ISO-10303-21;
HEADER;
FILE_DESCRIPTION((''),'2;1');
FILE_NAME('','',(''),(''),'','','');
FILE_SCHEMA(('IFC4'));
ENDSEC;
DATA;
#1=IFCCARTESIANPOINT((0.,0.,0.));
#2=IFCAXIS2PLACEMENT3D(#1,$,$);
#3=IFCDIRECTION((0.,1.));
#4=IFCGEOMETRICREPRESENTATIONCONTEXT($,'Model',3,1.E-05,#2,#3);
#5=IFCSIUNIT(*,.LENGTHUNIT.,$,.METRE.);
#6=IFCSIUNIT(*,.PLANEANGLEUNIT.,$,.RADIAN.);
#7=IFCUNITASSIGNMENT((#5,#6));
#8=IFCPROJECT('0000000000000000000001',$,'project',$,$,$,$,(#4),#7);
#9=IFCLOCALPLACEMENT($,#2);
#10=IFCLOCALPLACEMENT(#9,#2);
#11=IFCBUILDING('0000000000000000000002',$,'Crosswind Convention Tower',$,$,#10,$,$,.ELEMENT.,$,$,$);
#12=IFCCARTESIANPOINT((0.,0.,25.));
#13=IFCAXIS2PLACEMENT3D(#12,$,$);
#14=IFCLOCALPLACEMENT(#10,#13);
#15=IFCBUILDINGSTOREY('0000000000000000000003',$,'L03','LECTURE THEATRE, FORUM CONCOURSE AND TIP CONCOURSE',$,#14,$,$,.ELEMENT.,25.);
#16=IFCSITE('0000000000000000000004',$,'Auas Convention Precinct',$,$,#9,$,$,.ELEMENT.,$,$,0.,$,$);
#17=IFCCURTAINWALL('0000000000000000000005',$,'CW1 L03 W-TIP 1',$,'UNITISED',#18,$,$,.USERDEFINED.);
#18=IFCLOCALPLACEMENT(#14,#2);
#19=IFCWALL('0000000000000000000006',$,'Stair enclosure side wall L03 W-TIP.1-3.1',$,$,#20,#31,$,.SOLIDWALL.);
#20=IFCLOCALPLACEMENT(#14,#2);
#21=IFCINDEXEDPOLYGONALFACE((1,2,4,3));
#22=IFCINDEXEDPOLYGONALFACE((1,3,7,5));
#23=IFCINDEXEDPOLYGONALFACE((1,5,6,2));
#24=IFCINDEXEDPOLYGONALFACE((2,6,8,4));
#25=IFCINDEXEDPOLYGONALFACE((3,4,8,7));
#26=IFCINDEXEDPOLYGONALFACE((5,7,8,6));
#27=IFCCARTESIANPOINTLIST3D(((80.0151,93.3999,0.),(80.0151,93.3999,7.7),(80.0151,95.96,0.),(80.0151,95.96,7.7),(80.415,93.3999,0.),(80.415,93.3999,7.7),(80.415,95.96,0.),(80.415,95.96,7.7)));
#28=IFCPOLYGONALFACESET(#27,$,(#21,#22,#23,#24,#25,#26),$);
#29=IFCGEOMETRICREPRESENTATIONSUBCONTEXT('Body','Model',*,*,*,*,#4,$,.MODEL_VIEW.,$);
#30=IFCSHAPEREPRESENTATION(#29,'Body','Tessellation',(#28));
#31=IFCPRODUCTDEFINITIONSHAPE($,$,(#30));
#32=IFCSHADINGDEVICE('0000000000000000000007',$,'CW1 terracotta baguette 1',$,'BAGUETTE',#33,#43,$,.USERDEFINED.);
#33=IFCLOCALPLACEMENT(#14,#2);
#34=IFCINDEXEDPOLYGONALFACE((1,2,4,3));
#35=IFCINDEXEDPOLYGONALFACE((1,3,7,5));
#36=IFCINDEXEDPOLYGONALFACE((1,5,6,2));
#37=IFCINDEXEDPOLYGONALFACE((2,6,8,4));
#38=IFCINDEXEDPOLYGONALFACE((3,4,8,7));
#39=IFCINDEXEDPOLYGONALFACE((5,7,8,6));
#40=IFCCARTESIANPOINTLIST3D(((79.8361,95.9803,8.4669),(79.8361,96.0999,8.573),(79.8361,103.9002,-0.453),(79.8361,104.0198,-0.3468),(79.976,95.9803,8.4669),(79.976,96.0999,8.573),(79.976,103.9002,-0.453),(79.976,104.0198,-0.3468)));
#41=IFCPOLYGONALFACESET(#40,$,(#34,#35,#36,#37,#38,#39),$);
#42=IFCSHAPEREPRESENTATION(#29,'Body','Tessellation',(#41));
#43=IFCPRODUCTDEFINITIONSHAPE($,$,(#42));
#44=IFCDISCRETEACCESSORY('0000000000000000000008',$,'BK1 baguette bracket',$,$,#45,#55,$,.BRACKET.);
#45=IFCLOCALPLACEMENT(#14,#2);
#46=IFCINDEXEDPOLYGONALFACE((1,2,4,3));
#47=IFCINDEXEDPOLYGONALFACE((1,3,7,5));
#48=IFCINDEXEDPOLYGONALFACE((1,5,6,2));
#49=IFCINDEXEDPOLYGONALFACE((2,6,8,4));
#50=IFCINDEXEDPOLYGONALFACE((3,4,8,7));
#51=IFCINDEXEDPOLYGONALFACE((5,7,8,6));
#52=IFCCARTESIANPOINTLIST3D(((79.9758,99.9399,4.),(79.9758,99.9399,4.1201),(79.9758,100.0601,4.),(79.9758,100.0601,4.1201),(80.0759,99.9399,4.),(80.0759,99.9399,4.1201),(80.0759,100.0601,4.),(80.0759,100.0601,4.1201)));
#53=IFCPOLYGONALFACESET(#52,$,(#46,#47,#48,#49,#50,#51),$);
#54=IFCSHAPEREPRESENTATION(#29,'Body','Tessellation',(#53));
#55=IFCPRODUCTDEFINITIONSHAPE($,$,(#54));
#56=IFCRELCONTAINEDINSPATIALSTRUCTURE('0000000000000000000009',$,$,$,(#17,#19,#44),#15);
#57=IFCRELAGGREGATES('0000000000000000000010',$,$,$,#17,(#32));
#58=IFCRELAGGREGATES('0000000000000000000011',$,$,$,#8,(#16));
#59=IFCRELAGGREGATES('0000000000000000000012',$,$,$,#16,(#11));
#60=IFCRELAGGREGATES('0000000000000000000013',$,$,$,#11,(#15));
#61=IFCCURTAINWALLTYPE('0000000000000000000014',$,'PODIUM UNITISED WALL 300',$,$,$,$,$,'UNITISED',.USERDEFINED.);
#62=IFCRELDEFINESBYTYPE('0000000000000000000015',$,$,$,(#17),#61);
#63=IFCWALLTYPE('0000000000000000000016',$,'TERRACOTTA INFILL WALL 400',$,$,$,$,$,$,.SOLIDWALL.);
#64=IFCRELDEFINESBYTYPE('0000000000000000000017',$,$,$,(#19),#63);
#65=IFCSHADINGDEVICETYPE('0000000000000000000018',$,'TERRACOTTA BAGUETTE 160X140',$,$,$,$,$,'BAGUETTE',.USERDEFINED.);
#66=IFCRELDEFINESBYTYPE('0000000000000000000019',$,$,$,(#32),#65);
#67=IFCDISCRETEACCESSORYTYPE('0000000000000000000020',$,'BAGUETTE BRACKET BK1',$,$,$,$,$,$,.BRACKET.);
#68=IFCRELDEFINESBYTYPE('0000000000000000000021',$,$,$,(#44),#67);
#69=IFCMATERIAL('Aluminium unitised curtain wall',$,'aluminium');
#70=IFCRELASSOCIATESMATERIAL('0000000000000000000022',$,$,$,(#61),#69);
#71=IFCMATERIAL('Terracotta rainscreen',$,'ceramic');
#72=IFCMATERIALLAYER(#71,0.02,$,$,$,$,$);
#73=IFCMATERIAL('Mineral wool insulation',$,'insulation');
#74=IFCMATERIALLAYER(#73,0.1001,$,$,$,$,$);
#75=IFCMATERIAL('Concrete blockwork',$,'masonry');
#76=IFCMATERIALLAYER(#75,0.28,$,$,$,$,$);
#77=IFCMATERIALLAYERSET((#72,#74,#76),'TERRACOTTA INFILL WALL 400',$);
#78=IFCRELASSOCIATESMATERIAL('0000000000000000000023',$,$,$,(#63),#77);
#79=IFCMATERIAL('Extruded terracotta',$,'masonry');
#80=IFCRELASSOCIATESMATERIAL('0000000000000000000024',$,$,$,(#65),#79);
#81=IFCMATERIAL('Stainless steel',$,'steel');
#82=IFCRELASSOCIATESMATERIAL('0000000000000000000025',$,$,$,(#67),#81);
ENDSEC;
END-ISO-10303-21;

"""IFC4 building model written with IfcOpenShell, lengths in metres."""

from ifc_helpers import new_model, si_unit, direction, frame, frame_2d, origin, origin_2d, place, context, subcontext, project, spatial, rectangle, extrude, material, layer, layer_set, material_profile, profile_set, type_object, element, aggregate, save


model = new_model("IFC4")

# Units and contexts
model_context = context("Model", 3, precision=1e-05, world=origin(), true_north=direction((0.0, 1.0)))
body_context = subcontext(model_context, "Body", "Model", "MODEL_VIEW")
ifc_project = project(units=[si_unit("LENGTHUNIT", "METRE"), si_unit("PLANEANGLEUNIT", "RADIAN")], contexts=[model_context])

# Site, building, storey
site_placement = place(None, origin())
site = spatial("IfcSite", under=ifc_project, at=site_placement, Name="Auas Convention Precinct", CompositionType="ELEMENT", RefElevation=0.0)
building_placement = place(site_placement, origin())
building = spatial("IfcBuilding", under=site, at=building_placement, Name="Crosswind Convention Tower", CompositionType="ELEMENT")
storey_placement = place(building_placement, frame((0.0, 0.0, 25.0)))
storey = spatial("IfcBuildingStorey", under=building, at=storey_placement, Name="L03", Description="LECTURE THEATRE, FORUM CONCOURSE AND TIP CONCOURSE", CompositionType="ELEMENT", Elevation=25.0)

# Curtain wall
ifc_material_1 = material(Name="Aluminium unitised curtain wall", Category="aluminium")
curtain_wall_type = type_object("IfcCurtainWallType", Name="PODIUM UNITISED WALL 300", ElementType="UNITISED", PredefinedType="USERDEFINED", material=ifc_material_1)
curtain_wall_placement = place(storey_placement, origin())
curtain_wall = element("IfcCurtainWall", 1, at=curtain_wall_placement, inside=storey, type_object=curtain_wall_type, Name="CW1 L03 W-TIP 1", ObjectType="UNITISED", PredefinedType="USERDEFINED")

# Wall
ifc_material_2 = material(Name="Terracotta rainscreen", Category="ceramic")
ifc_layer_1 = layer(ifc_material_2, 0.02)
ifc_material_3 = material(Name="Mineral wool insulation", Category="insulation")
ifc_layer_2 = layer(ifc_material_3, 0.1001)
ifc_material_4 = material(Name="Concrete blockwork", Category="masonry")
ifc_layer_3 = layer(ifc_material_4, 0.28)
ifc_layer_set_1 = layer_set([ifc_layer_1, ifc_layer_2, ifc_layer_3], Name="TERRACOTTA INFILL WALL 400")
wall_type_1 = type_object("IfcWallType", Name="TERRACOTTA INFILL WALL 400", PredefinedType="SOLIDWALL", material=ifc_layer_set_1)
wall_1_placement = place(storey_placement, frame((80.2151, 95.96, 0.0), z_axis=(0.0, 0.0, 1.0), x_axis=(0.0, -1.0, 0.0)))
element("IfcWall", 2, at=wall_1_placement, inside=storey, type_object=wall_type_1, Name="Stair enclosure side wall L03 W-TIP.1-3.1", PredefinedType="SOLIDWALL", context=body_context, shape_type="SweptSolid", body=[
    extrude(rectangle(XDim=2.5601, YDim=0.3999, at=frame_2d((1.28, 0.0))), origin(), (0.0, 0.0, 1.0), 7.7),
])

# Shading device
ifc_material_5 = material(Name="Extruded terracotta", Category="masonry")
ifc_material_profile_1 = material_profile(ifc_material_5, rectangle(XDim=0.1399, YDim=0.1599, at=origin_2d()), Name="TC 140X160")
ifc_profile_set_1 = profile_set([ifc_material_profile_1], Name="Extruded terracotta")
shading_device_type = type_object("IfcShadingDeviceType", Name="TERRACOTTA BAGUETTE 160X140", ElementType="BAGUETTE", PredefinedType="USERDEFINED", material=ifc_profile_set_1)
shading_device_placement = place(storey_placement, frame((79.906, 103.96, -0.3999), z_axis=(0.0, -0.663947, 0.74778), x_axis=(1.0, 0.0, 0.0)))
shading_device = element("IfcShadingDevice", 3, at=shading_device_placement, type_object=shading_device_type, Name="CW1 terracotta baguette 1", ObjectType="BAGUETTE", PredefinedType="USERDEFINED", context=body_context, shape_type="SweptSolid", body=[
    extrude(rectangle(XDim=0.1399, YDim=0.1599, at=origin_2d()), origin(), (0.0, 0.0, 1.0), 11.9285),
])
aggregate(curtain_wall, [shading_device])

# Discrete accessory
ifc_material_6 = material(Name="Stainless steel", Category="steel")
discrete_accessory_type = type_object("IfcDiscreteAccessoryType", Name="BAGUETTE BRACKET BK1", PredefinedType="BRACKET", material=ifc_material_6)
discrete_accessory_placement = place(storey_placement, frame((80.0259, 100.0, 4.0), z_axis=(0.0, 0.0, 1.0), x_axis=(0.0, -1.0, 0.0)))
element("IfcDiscreteAccessory", 4, at=discrete_accessory_placement, inside=storey, type_object=discrete_accessory_type, Name="BK1 baguette bracket", PredefinedType="BRACKET", context=body_context, shape_type="SweptSolid", body=[
    extrude(rectangle(XDim=0.1201, YDim=0.1001, at=origin_2d()), origin(), (0.0, 0.0, 1.0), 0.1201),
])

save(model, "model.ifc")
